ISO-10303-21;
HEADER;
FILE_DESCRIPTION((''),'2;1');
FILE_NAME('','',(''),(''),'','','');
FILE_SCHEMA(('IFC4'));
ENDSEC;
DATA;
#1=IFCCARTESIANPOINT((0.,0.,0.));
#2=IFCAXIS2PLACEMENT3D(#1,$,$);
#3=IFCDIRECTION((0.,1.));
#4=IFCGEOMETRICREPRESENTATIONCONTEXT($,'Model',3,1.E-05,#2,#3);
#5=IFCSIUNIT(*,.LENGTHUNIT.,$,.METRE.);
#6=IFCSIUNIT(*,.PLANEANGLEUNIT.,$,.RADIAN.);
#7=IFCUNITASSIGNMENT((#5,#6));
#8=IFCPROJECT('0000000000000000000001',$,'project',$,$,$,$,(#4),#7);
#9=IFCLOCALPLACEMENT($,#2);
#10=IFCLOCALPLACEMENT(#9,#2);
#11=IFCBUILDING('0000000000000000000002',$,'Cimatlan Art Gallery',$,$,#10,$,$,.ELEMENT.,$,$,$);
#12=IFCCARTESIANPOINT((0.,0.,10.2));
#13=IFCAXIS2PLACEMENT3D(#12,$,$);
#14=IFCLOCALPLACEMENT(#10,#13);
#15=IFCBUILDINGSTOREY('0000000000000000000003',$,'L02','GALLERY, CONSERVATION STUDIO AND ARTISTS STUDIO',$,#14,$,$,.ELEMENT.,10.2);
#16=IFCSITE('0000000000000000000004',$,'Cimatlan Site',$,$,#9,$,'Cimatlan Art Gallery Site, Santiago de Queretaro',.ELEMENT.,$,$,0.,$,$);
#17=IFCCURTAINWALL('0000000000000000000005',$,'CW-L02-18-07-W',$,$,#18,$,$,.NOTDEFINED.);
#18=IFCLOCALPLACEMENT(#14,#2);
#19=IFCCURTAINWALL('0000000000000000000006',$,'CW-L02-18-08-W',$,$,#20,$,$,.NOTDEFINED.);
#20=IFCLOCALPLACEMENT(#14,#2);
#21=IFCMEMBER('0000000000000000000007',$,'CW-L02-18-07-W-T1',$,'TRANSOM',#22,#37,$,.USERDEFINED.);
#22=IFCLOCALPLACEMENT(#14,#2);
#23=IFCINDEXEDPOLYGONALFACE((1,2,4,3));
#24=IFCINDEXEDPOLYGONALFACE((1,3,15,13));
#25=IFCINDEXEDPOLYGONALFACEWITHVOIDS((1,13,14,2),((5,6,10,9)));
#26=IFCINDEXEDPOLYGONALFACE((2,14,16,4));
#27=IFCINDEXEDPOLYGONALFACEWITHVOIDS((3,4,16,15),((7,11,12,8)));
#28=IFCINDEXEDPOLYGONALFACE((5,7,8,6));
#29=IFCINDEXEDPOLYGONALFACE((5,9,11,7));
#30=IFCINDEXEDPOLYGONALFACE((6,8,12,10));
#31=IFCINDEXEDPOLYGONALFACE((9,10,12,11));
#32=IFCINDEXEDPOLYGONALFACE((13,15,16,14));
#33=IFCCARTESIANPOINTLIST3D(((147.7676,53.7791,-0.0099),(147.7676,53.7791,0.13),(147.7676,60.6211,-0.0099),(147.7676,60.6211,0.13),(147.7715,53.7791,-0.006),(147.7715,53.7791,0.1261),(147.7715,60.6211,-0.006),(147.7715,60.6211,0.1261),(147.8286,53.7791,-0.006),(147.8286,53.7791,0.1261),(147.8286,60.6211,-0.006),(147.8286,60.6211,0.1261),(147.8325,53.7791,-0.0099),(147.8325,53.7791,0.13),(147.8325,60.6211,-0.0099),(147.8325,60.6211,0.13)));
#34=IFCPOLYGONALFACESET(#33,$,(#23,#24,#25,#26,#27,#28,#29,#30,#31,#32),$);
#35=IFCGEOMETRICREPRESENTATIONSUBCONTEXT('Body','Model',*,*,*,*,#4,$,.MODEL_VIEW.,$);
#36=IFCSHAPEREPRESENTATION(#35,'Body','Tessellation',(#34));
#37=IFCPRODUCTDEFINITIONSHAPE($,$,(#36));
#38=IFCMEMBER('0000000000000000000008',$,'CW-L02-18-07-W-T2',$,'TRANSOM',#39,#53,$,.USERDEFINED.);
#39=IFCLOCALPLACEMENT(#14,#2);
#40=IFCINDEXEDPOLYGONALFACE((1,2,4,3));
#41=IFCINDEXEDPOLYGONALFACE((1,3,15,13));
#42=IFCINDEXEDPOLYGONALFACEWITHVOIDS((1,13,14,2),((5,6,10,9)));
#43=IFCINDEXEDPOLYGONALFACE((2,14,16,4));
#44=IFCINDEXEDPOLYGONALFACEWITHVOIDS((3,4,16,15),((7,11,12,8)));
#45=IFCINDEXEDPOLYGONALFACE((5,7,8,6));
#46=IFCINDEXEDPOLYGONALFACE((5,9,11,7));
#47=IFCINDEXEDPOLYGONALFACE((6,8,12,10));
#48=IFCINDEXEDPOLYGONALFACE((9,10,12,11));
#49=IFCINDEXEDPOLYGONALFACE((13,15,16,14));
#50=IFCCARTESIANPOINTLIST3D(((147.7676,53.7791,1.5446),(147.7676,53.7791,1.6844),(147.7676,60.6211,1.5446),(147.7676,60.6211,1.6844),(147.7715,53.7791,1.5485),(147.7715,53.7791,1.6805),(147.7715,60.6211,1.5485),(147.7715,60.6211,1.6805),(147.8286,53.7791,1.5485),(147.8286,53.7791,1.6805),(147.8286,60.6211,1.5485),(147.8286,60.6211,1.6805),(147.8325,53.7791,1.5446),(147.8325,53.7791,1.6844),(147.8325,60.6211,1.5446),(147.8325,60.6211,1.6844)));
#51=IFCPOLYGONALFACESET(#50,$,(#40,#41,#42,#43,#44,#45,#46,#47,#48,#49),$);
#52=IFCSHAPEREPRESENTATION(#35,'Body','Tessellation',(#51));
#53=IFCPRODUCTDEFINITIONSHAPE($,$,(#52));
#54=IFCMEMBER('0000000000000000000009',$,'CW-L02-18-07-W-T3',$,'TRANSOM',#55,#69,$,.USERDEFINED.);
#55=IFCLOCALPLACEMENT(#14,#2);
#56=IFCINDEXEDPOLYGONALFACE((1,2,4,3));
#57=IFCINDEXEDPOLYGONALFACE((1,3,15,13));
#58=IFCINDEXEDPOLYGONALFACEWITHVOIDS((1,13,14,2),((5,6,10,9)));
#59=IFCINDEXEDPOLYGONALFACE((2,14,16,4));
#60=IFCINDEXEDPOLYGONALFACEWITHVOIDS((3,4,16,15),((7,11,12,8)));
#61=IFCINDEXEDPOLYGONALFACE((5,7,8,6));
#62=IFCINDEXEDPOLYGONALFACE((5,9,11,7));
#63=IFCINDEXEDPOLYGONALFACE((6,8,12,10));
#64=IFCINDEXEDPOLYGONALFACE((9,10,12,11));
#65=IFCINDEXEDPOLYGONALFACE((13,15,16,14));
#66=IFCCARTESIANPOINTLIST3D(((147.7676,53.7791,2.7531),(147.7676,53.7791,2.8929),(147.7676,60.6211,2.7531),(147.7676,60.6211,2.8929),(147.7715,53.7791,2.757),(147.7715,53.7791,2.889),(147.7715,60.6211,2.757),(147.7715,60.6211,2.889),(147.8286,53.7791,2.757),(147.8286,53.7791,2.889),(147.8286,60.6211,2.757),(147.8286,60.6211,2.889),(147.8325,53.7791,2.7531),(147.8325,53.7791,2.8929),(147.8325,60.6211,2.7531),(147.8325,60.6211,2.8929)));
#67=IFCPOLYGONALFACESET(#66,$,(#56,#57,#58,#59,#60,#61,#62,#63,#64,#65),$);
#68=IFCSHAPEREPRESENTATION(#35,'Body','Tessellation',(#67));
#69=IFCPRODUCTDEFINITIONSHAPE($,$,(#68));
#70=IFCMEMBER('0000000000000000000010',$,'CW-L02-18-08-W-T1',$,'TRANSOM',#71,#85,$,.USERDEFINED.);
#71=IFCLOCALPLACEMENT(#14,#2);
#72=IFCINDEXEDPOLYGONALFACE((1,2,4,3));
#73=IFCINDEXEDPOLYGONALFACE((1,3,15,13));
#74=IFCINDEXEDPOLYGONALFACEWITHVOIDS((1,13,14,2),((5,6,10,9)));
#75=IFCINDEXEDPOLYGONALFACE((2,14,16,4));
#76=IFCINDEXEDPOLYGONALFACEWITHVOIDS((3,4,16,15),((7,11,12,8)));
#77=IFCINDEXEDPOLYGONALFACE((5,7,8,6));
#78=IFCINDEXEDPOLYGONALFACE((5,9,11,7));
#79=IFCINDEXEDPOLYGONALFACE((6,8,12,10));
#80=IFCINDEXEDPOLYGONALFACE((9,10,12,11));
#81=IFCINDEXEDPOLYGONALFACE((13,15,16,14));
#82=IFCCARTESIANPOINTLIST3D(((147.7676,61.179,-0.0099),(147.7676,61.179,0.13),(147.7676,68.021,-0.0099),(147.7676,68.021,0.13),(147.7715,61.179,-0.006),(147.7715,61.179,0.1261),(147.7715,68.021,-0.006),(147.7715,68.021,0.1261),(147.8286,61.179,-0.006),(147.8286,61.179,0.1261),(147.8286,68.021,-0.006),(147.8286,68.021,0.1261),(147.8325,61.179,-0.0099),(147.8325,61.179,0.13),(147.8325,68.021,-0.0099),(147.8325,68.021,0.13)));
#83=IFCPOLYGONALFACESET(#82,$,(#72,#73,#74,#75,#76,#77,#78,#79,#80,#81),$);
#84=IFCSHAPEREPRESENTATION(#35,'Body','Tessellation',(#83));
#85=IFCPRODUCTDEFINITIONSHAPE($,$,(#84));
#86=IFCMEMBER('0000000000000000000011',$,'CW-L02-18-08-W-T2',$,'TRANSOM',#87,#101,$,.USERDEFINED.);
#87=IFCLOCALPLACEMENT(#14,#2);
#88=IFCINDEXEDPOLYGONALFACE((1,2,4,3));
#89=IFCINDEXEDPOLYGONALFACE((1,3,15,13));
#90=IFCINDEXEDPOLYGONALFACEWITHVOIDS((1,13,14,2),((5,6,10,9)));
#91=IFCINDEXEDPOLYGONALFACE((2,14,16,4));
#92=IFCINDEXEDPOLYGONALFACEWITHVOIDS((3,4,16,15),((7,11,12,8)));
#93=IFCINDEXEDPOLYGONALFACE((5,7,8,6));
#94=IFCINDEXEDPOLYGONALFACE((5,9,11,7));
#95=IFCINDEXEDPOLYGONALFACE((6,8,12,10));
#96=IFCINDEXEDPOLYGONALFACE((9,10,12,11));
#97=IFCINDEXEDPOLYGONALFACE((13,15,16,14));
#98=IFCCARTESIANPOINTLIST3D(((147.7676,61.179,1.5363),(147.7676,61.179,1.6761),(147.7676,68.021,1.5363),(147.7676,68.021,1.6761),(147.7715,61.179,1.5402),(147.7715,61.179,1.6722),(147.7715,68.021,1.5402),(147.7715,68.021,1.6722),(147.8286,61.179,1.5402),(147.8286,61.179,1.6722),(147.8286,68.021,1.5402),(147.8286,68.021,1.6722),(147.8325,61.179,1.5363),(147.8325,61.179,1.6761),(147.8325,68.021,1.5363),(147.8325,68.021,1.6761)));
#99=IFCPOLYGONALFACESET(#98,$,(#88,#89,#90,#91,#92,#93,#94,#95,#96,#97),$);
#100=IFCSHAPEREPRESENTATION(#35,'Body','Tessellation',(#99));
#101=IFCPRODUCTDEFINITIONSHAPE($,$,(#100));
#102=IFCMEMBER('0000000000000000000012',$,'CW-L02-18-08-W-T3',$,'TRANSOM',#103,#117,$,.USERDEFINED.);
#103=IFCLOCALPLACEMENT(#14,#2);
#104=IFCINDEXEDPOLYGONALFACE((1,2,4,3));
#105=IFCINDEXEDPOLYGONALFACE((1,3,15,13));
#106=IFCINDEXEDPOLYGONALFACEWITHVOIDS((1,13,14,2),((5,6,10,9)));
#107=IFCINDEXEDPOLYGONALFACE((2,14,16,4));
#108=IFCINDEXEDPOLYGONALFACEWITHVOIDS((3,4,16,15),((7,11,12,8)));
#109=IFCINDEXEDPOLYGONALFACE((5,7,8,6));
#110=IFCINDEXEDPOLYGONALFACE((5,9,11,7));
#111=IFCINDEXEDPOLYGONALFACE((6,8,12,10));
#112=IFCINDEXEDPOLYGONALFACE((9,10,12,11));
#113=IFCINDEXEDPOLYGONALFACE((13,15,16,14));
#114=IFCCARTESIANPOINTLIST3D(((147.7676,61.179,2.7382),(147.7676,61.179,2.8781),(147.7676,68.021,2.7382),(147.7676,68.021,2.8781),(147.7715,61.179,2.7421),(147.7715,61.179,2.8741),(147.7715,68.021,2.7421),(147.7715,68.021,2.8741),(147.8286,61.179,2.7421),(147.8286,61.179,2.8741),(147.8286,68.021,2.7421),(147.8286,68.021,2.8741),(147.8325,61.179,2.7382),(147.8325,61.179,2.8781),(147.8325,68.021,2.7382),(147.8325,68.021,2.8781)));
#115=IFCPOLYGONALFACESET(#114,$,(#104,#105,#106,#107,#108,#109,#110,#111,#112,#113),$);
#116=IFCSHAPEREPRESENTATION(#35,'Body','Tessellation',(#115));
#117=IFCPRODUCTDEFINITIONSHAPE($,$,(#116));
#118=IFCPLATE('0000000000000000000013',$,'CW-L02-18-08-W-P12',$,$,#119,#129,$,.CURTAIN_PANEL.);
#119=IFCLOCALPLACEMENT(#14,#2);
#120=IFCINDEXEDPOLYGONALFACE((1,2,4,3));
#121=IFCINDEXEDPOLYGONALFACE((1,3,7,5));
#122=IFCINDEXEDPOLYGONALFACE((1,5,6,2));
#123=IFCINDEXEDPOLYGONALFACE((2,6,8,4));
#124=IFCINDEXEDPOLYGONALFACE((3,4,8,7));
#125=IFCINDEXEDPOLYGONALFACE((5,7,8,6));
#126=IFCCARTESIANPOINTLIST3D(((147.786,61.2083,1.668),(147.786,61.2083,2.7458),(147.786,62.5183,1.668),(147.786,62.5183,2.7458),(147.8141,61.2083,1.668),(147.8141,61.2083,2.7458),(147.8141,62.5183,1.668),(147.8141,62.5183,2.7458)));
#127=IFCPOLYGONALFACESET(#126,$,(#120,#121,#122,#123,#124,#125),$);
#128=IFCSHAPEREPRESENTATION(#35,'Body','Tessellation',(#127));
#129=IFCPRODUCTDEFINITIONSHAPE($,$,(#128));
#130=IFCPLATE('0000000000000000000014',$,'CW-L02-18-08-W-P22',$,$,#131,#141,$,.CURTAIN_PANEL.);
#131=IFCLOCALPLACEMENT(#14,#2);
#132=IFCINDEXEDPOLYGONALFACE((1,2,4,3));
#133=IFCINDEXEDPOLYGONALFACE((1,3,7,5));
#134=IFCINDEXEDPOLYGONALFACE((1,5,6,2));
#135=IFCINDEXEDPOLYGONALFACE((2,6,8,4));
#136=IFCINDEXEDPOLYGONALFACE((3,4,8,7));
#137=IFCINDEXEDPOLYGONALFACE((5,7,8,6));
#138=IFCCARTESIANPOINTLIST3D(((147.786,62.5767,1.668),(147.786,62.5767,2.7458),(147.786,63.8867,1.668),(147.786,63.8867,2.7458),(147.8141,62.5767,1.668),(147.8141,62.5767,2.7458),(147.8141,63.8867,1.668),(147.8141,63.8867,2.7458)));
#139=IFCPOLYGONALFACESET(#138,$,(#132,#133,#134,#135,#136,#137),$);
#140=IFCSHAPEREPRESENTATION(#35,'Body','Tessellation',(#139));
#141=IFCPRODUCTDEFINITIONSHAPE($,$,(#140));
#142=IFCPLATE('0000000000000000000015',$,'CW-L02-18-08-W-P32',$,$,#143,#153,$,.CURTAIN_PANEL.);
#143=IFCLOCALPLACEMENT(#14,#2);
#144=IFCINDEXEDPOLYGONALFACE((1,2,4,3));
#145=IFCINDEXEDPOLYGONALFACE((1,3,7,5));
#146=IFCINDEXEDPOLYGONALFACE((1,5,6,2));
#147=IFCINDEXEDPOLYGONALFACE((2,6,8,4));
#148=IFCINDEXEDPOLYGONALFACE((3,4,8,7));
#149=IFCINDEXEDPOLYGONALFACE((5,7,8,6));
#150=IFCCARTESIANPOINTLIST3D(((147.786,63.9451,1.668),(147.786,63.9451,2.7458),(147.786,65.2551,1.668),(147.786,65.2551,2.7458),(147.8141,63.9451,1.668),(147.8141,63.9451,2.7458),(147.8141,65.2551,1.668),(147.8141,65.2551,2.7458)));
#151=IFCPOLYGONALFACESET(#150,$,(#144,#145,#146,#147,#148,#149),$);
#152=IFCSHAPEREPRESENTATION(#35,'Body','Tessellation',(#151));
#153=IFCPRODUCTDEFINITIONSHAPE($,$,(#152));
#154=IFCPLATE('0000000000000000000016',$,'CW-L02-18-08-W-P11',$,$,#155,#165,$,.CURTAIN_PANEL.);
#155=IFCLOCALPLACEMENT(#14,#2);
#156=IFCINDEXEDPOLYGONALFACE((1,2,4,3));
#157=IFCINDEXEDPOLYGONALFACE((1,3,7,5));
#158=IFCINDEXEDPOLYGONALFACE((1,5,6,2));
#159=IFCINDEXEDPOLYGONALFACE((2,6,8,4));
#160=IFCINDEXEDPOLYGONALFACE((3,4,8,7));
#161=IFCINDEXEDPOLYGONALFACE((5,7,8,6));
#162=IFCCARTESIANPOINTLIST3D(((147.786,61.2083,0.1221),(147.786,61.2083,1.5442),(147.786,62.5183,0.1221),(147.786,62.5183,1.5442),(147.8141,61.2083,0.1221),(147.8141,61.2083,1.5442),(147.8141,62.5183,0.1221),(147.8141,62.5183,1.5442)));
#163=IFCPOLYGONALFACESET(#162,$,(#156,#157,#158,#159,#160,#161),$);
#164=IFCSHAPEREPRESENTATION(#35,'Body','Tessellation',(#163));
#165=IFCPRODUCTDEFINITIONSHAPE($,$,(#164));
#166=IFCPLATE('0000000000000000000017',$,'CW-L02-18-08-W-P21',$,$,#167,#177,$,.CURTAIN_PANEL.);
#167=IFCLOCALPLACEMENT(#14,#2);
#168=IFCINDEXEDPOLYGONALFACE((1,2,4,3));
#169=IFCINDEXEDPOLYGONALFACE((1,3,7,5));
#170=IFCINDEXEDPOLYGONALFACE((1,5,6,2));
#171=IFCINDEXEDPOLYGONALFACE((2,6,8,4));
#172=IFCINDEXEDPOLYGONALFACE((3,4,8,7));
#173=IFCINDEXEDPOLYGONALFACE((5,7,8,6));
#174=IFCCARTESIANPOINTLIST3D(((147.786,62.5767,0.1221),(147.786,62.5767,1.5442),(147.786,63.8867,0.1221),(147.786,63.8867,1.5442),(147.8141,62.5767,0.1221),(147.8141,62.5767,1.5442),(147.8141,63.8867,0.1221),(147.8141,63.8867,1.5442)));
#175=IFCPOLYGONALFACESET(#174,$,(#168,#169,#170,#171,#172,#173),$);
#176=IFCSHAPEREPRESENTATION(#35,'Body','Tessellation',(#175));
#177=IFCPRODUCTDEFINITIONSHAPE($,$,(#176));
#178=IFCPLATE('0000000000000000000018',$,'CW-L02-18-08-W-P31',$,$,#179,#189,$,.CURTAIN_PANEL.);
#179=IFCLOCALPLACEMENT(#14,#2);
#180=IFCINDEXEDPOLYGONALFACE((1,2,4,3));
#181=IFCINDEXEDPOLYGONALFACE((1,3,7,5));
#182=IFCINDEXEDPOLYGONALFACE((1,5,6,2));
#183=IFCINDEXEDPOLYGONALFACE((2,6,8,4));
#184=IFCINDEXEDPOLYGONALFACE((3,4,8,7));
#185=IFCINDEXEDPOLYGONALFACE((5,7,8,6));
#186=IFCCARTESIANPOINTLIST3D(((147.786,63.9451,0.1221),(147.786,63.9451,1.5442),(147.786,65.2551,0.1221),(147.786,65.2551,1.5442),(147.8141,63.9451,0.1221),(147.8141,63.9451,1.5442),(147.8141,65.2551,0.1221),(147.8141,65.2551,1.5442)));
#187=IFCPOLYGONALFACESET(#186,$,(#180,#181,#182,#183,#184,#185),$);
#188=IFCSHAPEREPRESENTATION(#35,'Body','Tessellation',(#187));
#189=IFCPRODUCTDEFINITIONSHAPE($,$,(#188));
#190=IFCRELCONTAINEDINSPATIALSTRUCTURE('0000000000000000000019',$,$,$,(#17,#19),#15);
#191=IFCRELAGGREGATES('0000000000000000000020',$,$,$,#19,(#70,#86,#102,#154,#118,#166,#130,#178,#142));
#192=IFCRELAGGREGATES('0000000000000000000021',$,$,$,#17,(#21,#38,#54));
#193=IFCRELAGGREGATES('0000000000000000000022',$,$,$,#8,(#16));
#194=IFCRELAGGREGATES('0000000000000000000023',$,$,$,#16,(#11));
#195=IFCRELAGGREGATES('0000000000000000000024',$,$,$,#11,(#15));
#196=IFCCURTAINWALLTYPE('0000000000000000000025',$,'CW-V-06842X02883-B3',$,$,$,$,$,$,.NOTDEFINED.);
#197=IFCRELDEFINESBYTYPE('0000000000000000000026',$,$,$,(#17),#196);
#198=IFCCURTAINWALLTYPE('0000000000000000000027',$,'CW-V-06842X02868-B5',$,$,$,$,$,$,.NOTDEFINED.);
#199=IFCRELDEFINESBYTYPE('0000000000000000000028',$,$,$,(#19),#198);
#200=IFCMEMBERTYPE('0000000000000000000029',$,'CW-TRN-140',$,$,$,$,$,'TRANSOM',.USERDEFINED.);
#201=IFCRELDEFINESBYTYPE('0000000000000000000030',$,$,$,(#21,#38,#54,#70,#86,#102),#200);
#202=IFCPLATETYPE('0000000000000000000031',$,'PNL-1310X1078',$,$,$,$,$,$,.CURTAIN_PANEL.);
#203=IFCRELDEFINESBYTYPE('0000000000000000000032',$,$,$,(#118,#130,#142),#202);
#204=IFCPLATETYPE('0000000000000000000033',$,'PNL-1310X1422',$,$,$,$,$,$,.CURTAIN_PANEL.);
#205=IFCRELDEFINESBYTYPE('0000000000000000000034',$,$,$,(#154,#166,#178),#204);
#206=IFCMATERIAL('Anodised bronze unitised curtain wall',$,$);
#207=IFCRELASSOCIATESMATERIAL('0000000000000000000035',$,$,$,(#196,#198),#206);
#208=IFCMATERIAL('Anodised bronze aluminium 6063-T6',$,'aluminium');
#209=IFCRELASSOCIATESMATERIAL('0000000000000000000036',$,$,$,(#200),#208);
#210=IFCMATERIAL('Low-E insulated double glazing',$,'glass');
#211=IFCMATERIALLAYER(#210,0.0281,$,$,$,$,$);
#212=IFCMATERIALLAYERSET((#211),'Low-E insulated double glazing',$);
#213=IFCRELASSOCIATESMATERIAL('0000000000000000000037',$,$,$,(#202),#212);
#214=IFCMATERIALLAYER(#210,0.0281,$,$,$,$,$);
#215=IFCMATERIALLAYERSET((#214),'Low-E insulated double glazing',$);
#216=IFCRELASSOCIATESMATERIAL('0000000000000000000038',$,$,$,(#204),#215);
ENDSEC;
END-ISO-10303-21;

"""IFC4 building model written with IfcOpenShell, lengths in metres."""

from ifc_helpers import new_model, si_unit, direction, frame, origin, origin_2d, place, context, subcontext, project, spatial, rectangle, hollow_rectangle, extrude, material, layer, layer_set, material_profile, profile_set, type_object, element, aggregate, save


model = new_model("IFC4")

# Units and contexts
model_context = context("Model", 3, precision=1e-05, world=origin(), true_north=direction((0.0, 1.0)))
body_context = subcontext(model_context, "Body", "Model", "MODEL_VIEW")
ifc_project = project(units=[si_unit("LENGTHUNIT", "METRE"), si_unit("PLANEANGLEUNIT", "RADIAN")], contexts=[model_context])

# Site, building, storey
site_placement = place(None, origin())
site = spatial("IfcSite", under=ifc_project, at=site_placement, Name="Cimatlan Site", LongName="Cimatlan Art Gallery Site, Santiago de Queretaro", CompositionType="ELEMENT", RefElevation=0.0)
building_placement = place(site_placement, origin())
building = spatial("IfcBuilding", under=site, at=building_placement, Name="Cimatlan Art Gallery", CompositionType="ELEMENT")
storey_placement = place(building_placement, frame((0.0, 0.0, 10.2)))
storey = spatial("IfcBuildingStorey", under=building, at=storey_placement, Name="L02", Description="GALLERY, CONSERVATION STUDIO AND ARTISTS STUDIO", CompositionType="ELEMENT", Elevation=10.2)

# Curtain walls
ifc_material_1 = material(Name="Anodised bronze unitised curtain wall")
curtain_wall_type_1 = type_object("IfcCurtainWallType", Name="CW-V-06842X02883-B3", PredefinedType="NOTDEFINED", material=ifc_material_1)
curtain_wall_1_placement = place(storey_placement, origin())
curtain_wall_1 = element("IfcCurtainWall", 1, at=curtain_wall_1_placement, inside=storey, type_object=curtain_wall_type_1, Name="CW-L02-18-07-W", PredefinedType="NOTDEFINED")
ifc_material_2 = material(Name="Anodised bronze aluminium 6063-T6", Category="aluminium")
curtain_wall_type_2 = type_object("IfcCurtainWallType", Name="CW-V-06842X02868-B5", PredefinedType="NOTDEFINED", material=ifc_material_1)
curtain_wall_2_placement = place(storey_placement, origin())
curtain_wall_2 = element("IfcCurtainWall", 2, at=curtain_wall_2_placement, inside=storey, type_object=curtain_wall_type_2, Name="CW-L02-18-08-W", PredefinedType="NOTDEFINED")

# Members
ifc_material_profile_1 = material_profile(ifc_material_2, hollow_rectangle(XDim=0.0649, YDim=0.1399, WallThickness=0.0039, at=origin_2d()), Name="ALU65X140X4")
ifc_profile_set_1 = profile_set([ifc_material_profile_1], Name="Anodised bronze aluminium 6063-T6")
member_type_1 = type_object("IfcMemberType", Name="CW-TRN-140", ElementType="TRANSOM", PredefinedType="USERDEFINED", material=ifc_profile_set_1)
member_1_placement = place(storey_placement, frame((147.8, 53.7791, 0.0601), z_axis=(0.0, 1.0, 0.0), x_axis=(-1.0, 0.0, 0.0)))
member_1 = element("IfcMember", 3, at=member_1_placement, type_object=member_type_1, Name="CW-L02-18-07-W-T1", ObjectType="TRANSOM", PredefinedType="USERDEFINED", context=body_context, shape_type="SweptSolid", body=[
    extrude(hollow_rectangle(XDim=0.0649, YDim=0.1399, WallThickness=0.0039, at=origin_2d()), origin(), (0.0, 0.0, 1.0), 6.842),
])
member_2_placement = place(storey_placement, frame((147.8, 53.7791, 1.6145), z_axis=(0.0, 1.0, 0.0), x_axis=(-1.0, 0.0, 0.0)))
member_2 = element("IfcMember", 4, at=member_2_placement, type_object=member_type_1, Name="CW-L02-18-07-W-T2", ObjectType="TRANSOM", PredefinedType="USERDEFINED", context=body_context, shape_type="SweptSolid", body=[
    extrude(hollow_rectangle(XDim=0.0649, YDim=0.1399, WallThickness=0.0039, at=origin_2d()), origin(), (0.0, 0.0, 1.0), 6.842),
])
member_3_placement = place(storey_placement, frame((147.8, 53.7791, 2.823), z_axis=(0.0, 1.0, 0.0), x_axis=(-1.0, 0.0, 0.0)))
member_3 = element("IfcMember", 5, at=member_3_placement, type_object=member_type_1, Name="CW-L02-18-07-W-T3", ObjectType="TRANSOM", PredefinedType="USERDEFINED", context=body_context, shape_type="SweptSolid", body=[
    extrude(hollow_rectangle(XDim=0.0649, YDim=0.1399, WallThickness=0.0039, at=origin_2d()), origin(), (0.0, 0.0, 1.0), 6.842),
])
member_4_placement = place(storey_placement, frame((147.8, 61.179, 0.0601), z_axis=(0.0, 1.0, 0.0), x_axis=(-1.0, 0.0, 0.0)))
member_4 = element("IfcMember", 6, at=member_4_placement, type_object=member_type_1, Name="CW-L02-18-08-W-T1", ObjectType="TRANSOM", PredefinedType="USERDEFINED", context=body_context, shape_type="SweptSolid", body=[
    extrude(hollow_rectangle(XDim=0.0649, YDim=0.1399, WallThickness=0.0039, at=origin_2d()), origin(), (0.0, 0.0, 1.0), 6.842),
])
member_5_placement = place(storey_placement, frame((147.8, 61.179, 1.6062), z_axis=(0.0, 1.0, 0.0), x_axis=(-1.0, 0.0, 0.0)))
member_5 = element("IfcMember", 7, at=member_5_placement, type_object=member_type_1, Name="CW-L02-18-08-W-T2", ObjectType="TRANSOM", PredefinedType="USERDEFINED", context=body_context, shape_type="SweptSolid", body=[
    extrude(hollow_rectangle(XDim=0.0649, YDim=0.1399, WallThickness=0.0039, at=origin_2d()), origin(), (0.0, 0.0, 1.0), 6.842),
])
member_6_placement = place(storey_placement, frame((147.8, 61.179, 2.8081), z_axis=(0.0, 1.0, 0.0), x_axis=(-1.0, 0.0, 0.0)))
member_6 = element("IfcMember", 8, at=member_6_placement, type_object=member_type_1, Name="CW-L02-18-08-W-T3", ObjectType="TRANSOM", PredefinedType="USERDEFINED", context=body_context, shape_type="SweptSolid", body=[
    extrude(hollow_rectangle(XDim=0.0649, YDim=0.1399, WallThickness=0.0039, at=origin_2d()), origin(), (0.0, 0.0, 1.0), 6.842),
])

# Plates
ifc_material_3 = material(Name="Low-E insulated double glazing", Category="glass")
ifc_layer_1 = layer(ifc_material_3, 0.0281)
ifc_layer_set_1 = layer_set([ifc_layer_1], Name="Low-E insulated double glazing")
plate_type_1 = type_object("IfcPlateType", Name="PNL-1310X1078", PredefinedType="CURTAIN_PANEL", material=ifc_layer_set_1)
plate_1_placement = place(storey_placement, frame((147.8, 61.8633, 1.668), z_axis=(0.0, 0.0, 1.0), x_axis=(0.0, 1.0, 0.0)))
plate_1 = element("IfcPlate", 9, at=plate_1_placement, type_object=plate_type_1, Name="CW-L02-18-08-W-P12", PredefinedType="CURTAIN_PANEL", context=body_context, shape_type="SweptSolid", body=[
    extrude(rectangle(XDim=1.3101, YDim=0.0281, at=origin_2d()), origin(), (0.0, 0.0, 1.0), 1.0779),
])
plate_2_placement = place(storey_placement, frame((147.8, 63.2317, 1.668), z_axis=(0.0, 0.0, 1.0), x_axis=(0.0, 1.0, 0.0)))
plate_2 = element("IfcPlate", 10, at=plate_2_placement, type_object=plate_type_1, Name="CW-L02-18-08-W-P22", PredefinedType="CURTAIN_PANEL", context=body_context, shape_type="SweptSolid", body=[
    extrude(rectangle(XDim=1.3101, YDim=0.0281, at=origin_2d()), origin(), (0.0, 0.0, 1.0), 1.0779),
])
plate_3_placement = place(storey_placement, frame((147.8, 64.6001, 1.668), z_axis=(0.0, 0.0, 1.0), x_axis=(0.0, 1.0, 0.0)))
plate_3 = element("IfcPlate", 11, at=plate_3_placement, type_object=plate_type_1, Name="CW-L02-18-08-W-P32", PredefinedType="CURTAIN_PANEL", context=body_context, shape_type="SweptSolid", body=[
    extrude(rectangle(XDim=1.3101, YDim=0.0281, at=origin_2d()), origin(), (0.0, 0.0, 1.0), 1.0779),
])
ifc_layer_2 = layer(ifc_material_3, 0.0281)
ifc_layer_set_2 = layer_set([ifc_layer_2], Name="Low-E insulated double glazing")
plate_type_2 = type_object("IfcPlateType", Name="PNL-1310X1422", PredefinedType="CURTAIN_PANEL", material=ifc_layer_set_2)
plate_4_placement = place(storey_placement, frame((147.8, 61.8633, 0.1221), z_axis=(0.0, 0.0, 1.0), x_axis=(0.0, 1.0, 0.0)))
plate_4 = element("IfcPlate", 12, at=plate_4_placement, type_object=plate_type_2, Name="CW-L02-18-08-W-P11", PredefinedType="CURTAIN_PANEL", context=body_context, shape_type="SweptSolid", body=[
    extrude(rectangle(XDim=1.3101, YDim=0.0281, at=origin_2d()), origin(), (0.0, 0.0, 1.0), 1.4221),
])
plate_5_placement = place(storey_placement, frame((147.8, 63.2317, 0.1221), z_axis=(0.0, 0.0, 1.0), x_axis=(0.0, 1.0, 0.0)))
plate_5 = element("IfcPlate", 13, at=plate_5_placement, type_object=plate_type_2, Name="CW-L02-18-08-W-P21", PredefinedType="CURTAIN_PANEL", context=body_context, shape_type="SweptSolid", body=[
    extrude(rectangle(XDim=1.3101, YDim=0.0281, at=origin_2d()), origin(), (0.0, 0.0, 1.0), 1.4221),
])
plate_6_placement = place(storey_placement, frame((147.8, 64.6001, 0.1221), z_axis=(0.0, 0.0, 1.0), x_axis=(0.0, 1.0, 0.0)))
plate_6 = element("IfcPlate", 14, at=plate_6_placement, type_object=plate_type_2, Name="CW-L02-18-08-W-P31", PredefinedType="CURTAIN_PANEL", context=body_context, shape_type="SweptSolid", body=[
    extrude(rectangle(XDim=1.3101, YDim=0.0281, at=origin_2d()), origin(), (0.0, 0.0, 1.0), 1.4221),
])
aggregate(curtain_wall_2, [member_4, member_5, member_6, plate_4, plate_1, plate_5, plate_2, plate_6, plate_3])
aggregate(curtain_wall_1, [member_1, member_2, member_3])

save(model, "model.ifc")
